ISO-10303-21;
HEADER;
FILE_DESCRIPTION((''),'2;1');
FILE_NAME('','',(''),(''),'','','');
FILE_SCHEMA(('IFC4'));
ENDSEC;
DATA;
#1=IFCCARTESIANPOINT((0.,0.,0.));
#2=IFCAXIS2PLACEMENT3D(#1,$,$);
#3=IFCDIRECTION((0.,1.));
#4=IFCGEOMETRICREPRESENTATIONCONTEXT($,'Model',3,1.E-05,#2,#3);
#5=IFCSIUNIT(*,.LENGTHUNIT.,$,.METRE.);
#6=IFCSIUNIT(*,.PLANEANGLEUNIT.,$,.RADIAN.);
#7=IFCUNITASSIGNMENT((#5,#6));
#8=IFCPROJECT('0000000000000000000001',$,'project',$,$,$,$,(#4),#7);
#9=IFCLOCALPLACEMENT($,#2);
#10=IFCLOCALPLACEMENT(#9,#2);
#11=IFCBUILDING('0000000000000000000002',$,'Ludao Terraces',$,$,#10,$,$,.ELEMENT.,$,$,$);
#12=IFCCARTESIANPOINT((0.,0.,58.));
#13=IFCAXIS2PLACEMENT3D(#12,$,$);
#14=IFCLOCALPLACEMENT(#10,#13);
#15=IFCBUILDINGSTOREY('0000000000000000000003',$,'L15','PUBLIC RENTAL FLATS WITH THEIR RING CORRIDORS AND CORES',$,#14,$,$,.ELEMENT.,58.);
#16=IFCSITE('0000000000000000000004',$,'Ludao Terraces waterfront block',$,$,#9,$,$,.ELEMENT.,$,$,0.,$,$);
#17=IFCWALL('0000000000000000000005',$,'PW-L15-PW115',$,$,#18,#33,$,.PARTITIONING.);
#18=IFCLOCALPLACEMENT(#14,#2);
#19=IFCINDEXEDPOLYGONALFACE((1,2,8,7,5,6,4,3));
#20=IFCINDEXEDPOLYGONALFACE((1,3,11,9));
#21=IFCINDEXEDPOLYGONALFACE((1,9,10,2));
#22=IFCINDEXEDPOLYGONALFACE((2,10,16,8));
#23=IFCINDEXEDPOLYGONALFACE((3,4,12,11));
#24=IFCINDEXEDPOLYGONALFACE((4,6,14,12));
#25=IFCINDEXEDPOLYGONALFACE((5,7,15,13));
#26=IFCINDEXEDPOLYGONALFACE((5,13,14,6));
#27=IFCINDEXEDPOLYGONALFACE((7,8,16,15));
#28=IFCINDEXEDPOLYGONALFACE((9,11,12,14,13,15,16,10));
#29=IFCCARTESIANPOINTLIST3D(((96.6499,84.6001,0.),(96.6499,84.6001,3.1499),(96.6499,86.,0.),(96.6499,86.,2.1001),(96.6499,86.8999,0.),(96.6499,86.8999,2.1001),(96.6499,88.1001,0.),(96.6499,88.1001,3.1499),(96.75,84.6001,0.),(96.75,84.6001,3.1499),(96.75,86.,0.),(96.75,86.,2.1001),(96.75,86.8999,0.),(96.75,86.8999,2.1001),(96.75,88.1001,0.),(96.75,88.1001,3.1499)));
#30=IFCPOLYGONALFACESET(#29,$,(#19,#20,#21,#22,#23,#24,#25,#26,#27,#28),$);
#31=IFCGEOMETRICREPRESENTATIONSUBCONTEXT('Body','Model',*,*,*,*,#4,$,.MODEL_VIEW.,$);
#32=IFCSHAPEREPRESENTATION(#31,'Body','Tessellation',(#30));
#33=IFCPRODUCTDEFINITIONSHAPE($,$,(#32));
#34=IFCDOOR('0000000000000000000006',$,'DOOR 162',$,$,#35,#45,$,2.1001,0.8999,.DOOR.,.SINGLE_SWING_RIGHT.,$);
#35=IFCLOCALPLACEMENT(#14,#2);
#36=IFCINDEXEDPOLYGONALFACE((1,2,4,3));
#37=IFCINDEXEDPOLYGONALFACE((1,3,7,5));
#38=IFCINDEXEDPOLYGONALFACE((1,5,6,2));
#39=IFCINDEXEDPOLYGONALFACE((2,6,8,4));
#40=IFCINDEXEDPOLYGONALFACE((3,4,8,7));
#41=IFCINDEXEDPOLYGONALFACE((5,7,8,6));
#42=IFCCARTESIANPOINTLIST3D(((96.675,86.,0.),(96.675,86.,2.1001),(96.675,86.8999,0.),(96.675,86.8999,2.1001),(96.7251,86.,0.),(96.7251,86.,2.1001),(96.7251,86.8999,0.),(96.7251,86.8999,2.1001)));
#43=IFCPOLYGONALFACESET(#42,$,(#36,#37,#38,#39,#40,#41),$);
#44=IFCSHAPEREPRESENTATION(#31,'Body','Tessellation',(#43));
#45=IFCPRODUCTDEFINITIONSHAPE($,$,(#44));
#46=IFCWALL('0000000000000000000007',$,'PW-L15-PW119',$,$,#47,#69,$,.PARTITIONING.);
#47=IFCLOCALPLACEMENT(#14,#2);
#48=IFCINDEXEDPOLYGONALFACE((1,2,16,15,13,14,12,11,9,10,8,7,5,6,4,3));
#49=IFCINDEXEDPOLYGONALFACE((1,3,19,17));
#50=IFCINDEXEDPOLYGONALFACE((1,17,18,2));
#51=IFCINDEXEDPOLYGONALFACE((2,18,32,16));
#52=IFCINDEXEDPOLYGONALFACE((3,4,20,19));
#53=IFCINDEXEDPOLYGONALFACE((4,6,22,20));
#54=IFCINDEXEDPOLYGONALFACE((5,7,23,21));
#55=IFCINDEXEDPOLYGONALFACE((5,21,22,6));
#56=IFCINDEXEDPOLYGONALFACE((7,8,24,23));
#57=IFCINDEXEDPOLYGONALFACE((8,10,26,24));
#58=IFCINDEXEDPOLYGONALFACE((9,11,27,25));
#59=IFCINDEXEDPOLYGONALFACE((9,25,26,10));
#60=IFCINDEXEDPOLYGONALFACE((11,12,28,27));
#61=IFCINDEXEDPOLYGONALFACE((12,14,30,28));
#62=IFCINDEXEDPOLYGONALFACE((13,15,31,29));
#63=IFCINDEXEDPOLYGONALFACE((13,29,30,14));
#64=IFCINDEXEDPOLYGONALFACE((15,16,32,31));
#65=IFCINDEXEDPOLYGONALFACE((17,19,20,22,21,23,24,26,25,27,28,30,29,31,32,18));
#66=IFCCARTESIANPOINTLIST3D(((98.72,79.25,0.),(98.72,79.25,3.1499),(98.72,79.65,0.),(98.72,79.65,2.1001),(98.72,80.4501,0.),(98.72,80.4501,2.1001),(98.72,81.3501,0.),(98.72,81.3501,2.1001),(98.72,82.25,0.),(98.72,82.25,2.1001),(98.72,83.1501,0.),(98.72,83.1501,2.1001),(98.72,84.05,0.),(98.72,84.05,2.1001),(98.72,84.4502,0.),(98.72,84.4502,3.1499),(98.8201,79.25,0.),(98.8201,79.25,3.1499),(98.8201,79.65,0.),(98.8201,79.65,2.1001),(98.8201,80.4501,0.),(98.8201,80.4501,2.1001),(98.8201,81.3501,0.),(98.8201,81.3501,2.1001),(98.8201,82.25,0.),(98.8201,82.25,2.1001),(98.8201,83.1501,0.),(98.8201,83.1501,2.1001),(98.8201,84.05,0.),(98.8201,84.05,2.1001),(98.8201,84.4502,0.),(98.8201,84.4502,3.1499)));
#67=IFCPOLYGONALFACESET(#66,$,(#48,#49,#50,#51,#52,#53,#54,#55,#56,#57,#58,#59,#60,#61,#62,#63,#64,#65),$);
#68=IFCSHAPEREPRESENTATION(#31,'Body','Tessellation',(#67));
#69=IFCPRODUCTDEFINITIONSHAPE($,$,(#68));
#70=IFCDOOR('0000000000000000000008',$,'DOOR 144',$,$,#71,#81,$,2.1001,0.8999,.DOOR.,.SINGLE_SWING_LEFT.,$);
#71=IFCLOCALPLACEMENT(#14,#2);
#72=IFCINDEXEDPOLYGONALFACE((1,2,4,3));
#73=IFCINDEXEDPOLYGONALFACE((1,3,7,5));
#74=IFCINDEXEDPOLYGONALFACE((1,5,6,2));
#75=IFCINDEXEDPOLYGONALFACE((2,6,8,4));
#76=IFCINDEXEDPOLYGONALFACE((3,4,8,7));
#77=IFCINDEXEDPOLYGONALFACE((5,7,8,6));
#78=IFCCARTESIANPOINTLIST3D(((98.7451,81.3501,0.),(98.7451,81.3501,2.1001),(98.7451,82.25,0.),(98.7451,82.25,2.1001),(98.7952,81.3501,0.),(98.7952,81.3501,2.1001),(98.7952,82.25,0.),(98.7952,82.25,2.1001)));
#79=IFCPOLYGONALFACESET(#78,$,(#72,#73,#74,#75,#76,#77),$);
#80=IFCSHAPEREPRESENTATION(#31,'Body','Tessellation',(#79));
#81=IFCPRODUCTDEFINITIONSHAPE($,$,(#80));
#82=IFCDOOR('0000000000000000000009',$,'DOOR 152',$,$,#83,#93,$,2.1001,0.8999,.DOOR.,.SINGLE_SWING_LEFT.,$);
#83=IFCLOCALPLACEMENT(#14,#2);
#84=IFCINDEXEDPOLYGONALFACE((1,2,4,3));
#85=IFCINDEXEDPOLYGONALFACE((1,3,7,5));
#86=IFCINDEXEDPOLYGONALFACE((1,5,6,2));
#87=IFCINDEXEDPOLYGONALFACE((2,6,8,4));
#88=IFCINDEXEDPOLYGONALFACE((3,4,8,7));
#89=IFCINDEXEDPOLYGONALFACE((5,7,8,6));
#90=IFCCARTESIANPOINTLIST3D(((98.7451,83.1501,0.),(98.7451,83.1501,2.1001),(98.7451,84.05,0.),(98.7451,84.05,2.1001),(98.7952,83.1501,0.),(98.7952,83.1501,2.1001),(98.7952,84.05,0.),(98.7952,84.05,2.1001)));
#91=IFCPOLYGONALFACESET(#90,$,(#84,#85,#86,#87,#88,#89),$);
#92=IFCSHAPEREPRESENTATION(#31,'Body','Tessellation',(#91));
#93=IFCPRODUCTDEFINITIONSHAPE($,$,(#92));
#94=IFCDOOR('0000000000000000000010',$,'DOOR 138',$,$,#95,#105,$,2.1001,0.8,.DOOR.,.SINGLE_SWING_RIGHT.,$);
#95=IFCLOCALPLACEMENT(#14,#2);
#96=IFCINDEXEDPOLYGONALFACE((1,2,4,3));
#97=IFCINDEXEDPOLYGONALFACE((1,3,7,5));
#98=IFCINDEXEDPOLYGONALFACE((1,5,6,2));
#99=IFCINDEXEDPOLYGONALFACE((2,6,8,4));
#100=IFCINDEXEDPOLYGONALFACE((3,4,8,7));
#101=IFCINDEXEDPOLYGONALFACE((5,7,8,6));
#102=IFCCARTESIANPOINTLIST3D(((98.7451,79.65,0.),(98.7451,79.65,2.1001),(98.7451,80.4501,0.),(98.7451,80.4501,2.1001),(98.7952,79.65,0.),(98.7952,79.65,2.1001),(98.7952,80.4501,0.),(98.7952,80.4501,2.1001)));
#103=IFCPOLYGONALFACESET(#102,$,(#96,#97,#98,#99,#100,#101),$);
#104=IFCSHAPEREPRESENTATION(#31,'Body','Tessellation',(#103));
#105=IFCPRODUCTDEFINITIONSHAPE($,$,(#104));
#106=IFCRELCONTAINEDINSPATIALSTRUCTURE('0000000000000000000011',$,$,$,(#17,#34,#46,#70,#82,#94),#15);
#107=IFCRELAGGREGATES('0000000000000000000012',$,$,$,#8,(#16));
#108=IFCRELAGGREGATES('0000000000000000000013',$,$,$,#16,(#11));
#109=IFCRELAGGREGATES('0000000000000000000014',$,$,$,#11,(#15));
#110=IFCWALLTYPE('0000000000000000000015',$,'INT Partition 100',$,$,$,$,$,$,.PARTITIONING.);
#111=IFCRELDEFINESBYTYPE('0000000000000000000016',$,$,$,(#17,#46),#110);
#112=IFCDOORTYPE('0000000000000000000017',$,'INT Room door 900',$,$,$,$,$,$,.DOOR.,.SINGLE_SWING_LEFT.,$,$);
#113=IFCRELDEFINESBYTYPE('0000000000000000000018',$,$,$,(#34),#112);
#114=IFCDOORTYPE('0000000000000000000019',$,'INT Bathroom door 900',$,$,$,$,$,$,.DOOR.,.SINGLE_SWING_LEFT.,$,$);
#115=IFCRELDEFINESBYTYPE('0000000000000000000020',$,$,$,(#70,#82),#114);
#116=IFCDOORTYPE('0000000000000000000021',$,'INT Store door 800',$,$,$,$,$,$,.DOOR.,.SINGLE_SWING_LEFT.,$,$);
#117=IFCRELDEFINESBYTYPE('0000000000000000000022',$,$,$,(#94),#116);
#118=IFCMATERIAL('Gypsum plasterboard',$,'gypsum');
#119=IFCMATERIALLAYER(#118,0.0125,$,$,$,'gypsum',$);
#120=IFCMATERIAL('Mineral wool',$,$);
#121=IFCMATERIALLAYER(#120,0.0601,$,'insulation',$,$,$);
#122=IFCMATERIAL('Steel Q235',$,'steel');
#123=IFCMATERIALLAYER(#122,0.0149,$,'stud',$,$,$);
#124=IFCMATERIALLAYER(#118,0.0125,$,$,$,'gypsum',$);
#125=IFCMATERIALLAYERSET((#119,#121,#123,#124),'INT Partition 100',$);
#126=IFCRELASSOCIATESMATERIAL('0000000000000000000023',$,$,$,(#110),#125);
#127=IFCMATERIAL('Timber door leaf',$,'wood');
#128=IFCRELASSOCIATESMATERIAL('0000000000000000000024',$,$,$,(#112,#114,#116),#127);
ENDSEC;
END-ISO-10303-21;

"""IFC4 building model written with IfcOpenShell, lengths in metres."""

from ifc_helpers import new_model, si_unit, direction, frame, frame_2d, origin, place, context, subcontext, project, spatial, rectangle, extrude, material, layer, layer_set, type_object, element, fill, save


model = new_model("IFC4")

# Units and contexts
model_context = context("Model", 3, precision=1e-05, world=origin(), true_north=direction((0.0, 1.0)))
body_context = subcontext(model_context, "Body", "Model", "MODEL_VIEW")
ifc_project = project(units=[si_unit("LENGTHUNIT", "METRE"), si_unit("PLANEANGLEUNIT", "RADIAN")], contexts=[model_context])

# Site, building, storey
site_placement = place(None, origin())
site = spatial("IfcSite", under=ifc_project, at=site_placement, Name="Ludao Terraces waterfront block", CompositionType="ELEMENT", RefElevation=0.0)
building_placement = place(site_placement, origin())
building = spatial("IfcBuilding", under=site, at=building_placement, Name="Ludao Terraces", CompositionType="ELEMENT")
storey_placement = place(building_placement, frame((0.0, 0.0, 58.0)))
storey = spatial("IfcBuildingStorey", under=building, at=storey_placement, Name="L15", Description="PUBLIC RENTAL FLATS WITH THEIR RING CORRIDORS AND CORES", CompositionType="ELEMENT", Elevation=58.0)

# Shared definitions
ifc_material_1 = material(Name="Gypsum plasterboard", Category="gypsum")
ifc_layer_1 = layer(ifc_material_1, 0.0125, Category="gypsum")
ifc_material_2 = material(Name="Mineral wool")
ifc_layer_2 = layer(ifc_material_2, 0.0601, Name="insulation")
ifc_material_3 = material(Name="Steel Q235", Category="steel")
ifc_layer_3 = layer(ifc_material_3, 0.0149, Name="stud")
ifc_layer_4 = layer(ifc_material_1, 0.0125, Category="gypsum")
ifc_layer_set_1 = layer_set([ifc_layer_1, ifc_layer_2, ifc_layer_3, ifc_layer_4], Name="INT Partition 100")
wall_type_1 = type_object("IfcWallType", Name="INT Partition 100", PredefinedType="PARTITIONING", material=ifc_layer_set_1)

# Wall, opening, door
ifc_material_4 = material(Name="Timber door leaf", Category="wood")
door_type_1 = type_object("IfcDoorType", Name="INT Room door 900", OperationType="SINGLE_SWING_LEFT", PredefinedType="DOOR", material=ifc_material_4)
wall_1_placement = place(storey_placement, frame((96.7, 84.6001, 0.0), z_axis=(0.0, 0.0, 1.0), x_axis=(0.0, 1.0, 0.0)))
wall_1 = element("IfcWall", 1, at=wall_1_placement, inside=storey, type_object=wall_type_1, Name="PW-L15-PW115", PredefinedType="PARTITIONING", context=body_context, shape_type="SweptSolid", body=[
    extrude(rectangle(XDim=3.5, YDim=0.1001, at=frame_2d((1.75, 0.0))), origin(), (0.0, 0.0, 1.0), 3.1499),
])
opening_1_placement = place(wall_1_placement, frame((1.3999, 0.0, 0.0)))
opening_1 = element("IfcOpeningElement", 2, at=opening_1_placement, cuts=wall_1, PredefinedType="OPENING", context=body_context, shape_type="SweptSolid", body=[
    extrude(rectangle(XDim=0.8999, YDim=2.1001, at=frame_2d((0.45, 1.05))), frame((0.0, 0.0601, 0.0), z_axis=(0.0, -1.0, 0.0), x_axis=(1.0, 0.0, 0.0)), (0.0, 0.0, 1.0), 0.1201),
])
door_1_placement = place(opening_1_placement, origin())
door_1 = element("IfcDoor", 3, at=door_1_placement, inside=storey, type_object=door_type_1, Name="DOOR 162", OperationType="SINGLE_SWING_RIGHT", OverallHeight=2.1001, OverallWidth=0.8999, PredefinedType="DOOR", context=body_context, shape_type="SweptSolid", body=[
    extrude(rectangle(XDim=0.8999, YDim=2.1001, at=frame_2d((0.45, 1.05))), frame((0.0, 0.0249, 0.0), z_axis=(0.0, -1.0, 0.0), x_axis=(1.0, 0.0, 0.0)), (0.0, 0.0, 1.0), 0.05),
])
fill(opening_1, door_1)

# Wall, openings, doors
wall_2_placement = place(storey_placement, frame((98.77, 79.25, 0.0), z_axis=(0.0, 0.0, 1.0), x_axis=(0.0, 1.0, 0.0)))
wall_2 = element("IfcWall", 4, at=wall_2_placement, inside=storey, type_object=wall_type_1, Name="PW-L15-PW119", PredefinedType="PARTITIONING", context=body_context, shape_type="SweptSolid", body=[
    extrude(rectangle(XDim=5.2002, YDim=0.1001, at=frame_2d((2.6001, 0.0))), origin(), (0.0, 0.0, 1.0), 3.1499),
])
opening_2_placement = place(wall_2_placement, frame((0.4001, 0.0, 0.0)))
opening_2 = element("IfcOpeningElement", 5, at=opening_2_placement, cuts=wall_2, PredefinedType="OPENING", context=body_context, shape_type="SweptSolid", body=[
    extrude(rectangle(XDim=0.8, YDim=2.1001, at=frame_2d((0.3999, 1.05))), frame((0.0, 0.0601, 0.0), z_axis=(0.0, -1.0, 0.0), x_axis=(1.0, 0.0, 0.0)), (0.0, 0.0, 1.0), 0.1201),
])
opening_3_placement = place(wall_2_placement, frame((2.1001, 0.0, 0.0)))
opening_3 = element("IfcOpeningElement", 6, at=opening_3_placement, cuts=wall_2, PredefinedType="OPENING", context=body_context, shape_type="SweptSolid", body=[
    extrude(rectangle(XDim=0.8999, YDim=2.1001, at=frame_2d((0.45, 1.05))), frame((0.0, 0.0601, 0.0), z_axis=(0.0, -1.0, 0.0), x_axis=(1.0, 0.0, 0.0)), (0.0, 0.0, 1.0), 0.1201),
])
opening_4_placement = place(wall_2_placement, frame((3.9001, 0.0, 0.0)))
opening_4 = element("IfcOpeningElement", 7, at=opening_4_placement, cuts=wall_2, PredefinedType="OPENING", context=body_context, shape_type="SweptSolid", body=[
    extrude(rectangle(XDim=0.8999, YDim=2.1001, at=frame_2d((0.45, 1.05))), frame((0.0, 0.0601, 0.0), z_axis=(0.0, -1.0, 0.0), x_axis=(1.0, 0.0, 0.0)), (0.0, 0.0, 1.0), 0.1201),
])
door_type_2 = type_object("IfcDoorType", Name="INT Bathroom door 900", OperationType="SINGLE_SWING_LEFT", PredefinedType="DOOR", material=ifc_material_4)
door_2_placement = place(opening_3_placement, origin())
door_2 = element("IfcDoor", 8, at=door_2_placement, inside=storey, type_object=door_type_2, Name="DOOR 144", OperationType="SINGLE_SWING_LEFT", OverallHeight=2.1001, OverallWidth=0.8999, PredefinedType="DOOR", context=body_context, shape_type="SweptSolid", body=[
    extrude(rectangle(XDim=0.8999, YDim=2.1001, at=frame_2d((0.45, 1.05))), frame((0.0, 0.0249, 0.0), z_axis=(0.0, -1.0, 0.0), x_axis=(1.0, 0.0, 0.0)), (0.0, 0.0, 1.0), 0.05),
])
fill(opening_3, door_2)
door_3_placement = place(opening_4_placement, origin())
door_3 = element("IfcDoor", 9, at=door_3_placement, inside=storey, type_object=door_type_2, Name="DOOR 152", OperationType="SINGLE_SWING_LEFT", OverallHeight=2.1001, OverallWidth=0.8999, PredefinedType="DOOR", context=body_context, shape_type="SweptSolid", body=[
    extrude(rectangle(XDim=0.8999, YDim=2.1001, at=frame_2d((0.45, 1.05))), frame((0.0, 0.0249, 0.0), z_axis=(0.0, -1.0, 0.0), x_axis=(1.0, 0.0, 0.0)), (0.0, 0.0, 1.0), 0.05),
])
fill(opening_4, door_3)
door_type_3 = type_object("IfcDoorType", Name="INT Store door 800", OperationType="SINGLE_SWING_LEFT", PredefinedType="DOOR", material=ifc_material_4)
door_4_placement = place(opening_2_placement, origin())
door_4 = element("IfcDoor", 10, at=door_4_placement, inside=storey, type_object=door_type_3, Name="DOOR 138", OperationType="SINGLE_SWING_RIGHT", OverallHeight=2.1001, OverallWidth=0.8, PredefinedType="DOOR", context=body_context, shape_type="SweptSolid", body=[
    extrude(rectangle(XDim=0.8, YDim=2.1001, at=frame_2d((0.3999, 1.05))), frame((0.0, 0.0249, 0.0), z_axis=(0.0, -1.0, 0.0), x_axis=(1.0, 0.0, 0.0)), (0.0, 0.0, 1.0), 0.05),
])
fill(opening_2, door_4)

save(model, "model.ifc")
